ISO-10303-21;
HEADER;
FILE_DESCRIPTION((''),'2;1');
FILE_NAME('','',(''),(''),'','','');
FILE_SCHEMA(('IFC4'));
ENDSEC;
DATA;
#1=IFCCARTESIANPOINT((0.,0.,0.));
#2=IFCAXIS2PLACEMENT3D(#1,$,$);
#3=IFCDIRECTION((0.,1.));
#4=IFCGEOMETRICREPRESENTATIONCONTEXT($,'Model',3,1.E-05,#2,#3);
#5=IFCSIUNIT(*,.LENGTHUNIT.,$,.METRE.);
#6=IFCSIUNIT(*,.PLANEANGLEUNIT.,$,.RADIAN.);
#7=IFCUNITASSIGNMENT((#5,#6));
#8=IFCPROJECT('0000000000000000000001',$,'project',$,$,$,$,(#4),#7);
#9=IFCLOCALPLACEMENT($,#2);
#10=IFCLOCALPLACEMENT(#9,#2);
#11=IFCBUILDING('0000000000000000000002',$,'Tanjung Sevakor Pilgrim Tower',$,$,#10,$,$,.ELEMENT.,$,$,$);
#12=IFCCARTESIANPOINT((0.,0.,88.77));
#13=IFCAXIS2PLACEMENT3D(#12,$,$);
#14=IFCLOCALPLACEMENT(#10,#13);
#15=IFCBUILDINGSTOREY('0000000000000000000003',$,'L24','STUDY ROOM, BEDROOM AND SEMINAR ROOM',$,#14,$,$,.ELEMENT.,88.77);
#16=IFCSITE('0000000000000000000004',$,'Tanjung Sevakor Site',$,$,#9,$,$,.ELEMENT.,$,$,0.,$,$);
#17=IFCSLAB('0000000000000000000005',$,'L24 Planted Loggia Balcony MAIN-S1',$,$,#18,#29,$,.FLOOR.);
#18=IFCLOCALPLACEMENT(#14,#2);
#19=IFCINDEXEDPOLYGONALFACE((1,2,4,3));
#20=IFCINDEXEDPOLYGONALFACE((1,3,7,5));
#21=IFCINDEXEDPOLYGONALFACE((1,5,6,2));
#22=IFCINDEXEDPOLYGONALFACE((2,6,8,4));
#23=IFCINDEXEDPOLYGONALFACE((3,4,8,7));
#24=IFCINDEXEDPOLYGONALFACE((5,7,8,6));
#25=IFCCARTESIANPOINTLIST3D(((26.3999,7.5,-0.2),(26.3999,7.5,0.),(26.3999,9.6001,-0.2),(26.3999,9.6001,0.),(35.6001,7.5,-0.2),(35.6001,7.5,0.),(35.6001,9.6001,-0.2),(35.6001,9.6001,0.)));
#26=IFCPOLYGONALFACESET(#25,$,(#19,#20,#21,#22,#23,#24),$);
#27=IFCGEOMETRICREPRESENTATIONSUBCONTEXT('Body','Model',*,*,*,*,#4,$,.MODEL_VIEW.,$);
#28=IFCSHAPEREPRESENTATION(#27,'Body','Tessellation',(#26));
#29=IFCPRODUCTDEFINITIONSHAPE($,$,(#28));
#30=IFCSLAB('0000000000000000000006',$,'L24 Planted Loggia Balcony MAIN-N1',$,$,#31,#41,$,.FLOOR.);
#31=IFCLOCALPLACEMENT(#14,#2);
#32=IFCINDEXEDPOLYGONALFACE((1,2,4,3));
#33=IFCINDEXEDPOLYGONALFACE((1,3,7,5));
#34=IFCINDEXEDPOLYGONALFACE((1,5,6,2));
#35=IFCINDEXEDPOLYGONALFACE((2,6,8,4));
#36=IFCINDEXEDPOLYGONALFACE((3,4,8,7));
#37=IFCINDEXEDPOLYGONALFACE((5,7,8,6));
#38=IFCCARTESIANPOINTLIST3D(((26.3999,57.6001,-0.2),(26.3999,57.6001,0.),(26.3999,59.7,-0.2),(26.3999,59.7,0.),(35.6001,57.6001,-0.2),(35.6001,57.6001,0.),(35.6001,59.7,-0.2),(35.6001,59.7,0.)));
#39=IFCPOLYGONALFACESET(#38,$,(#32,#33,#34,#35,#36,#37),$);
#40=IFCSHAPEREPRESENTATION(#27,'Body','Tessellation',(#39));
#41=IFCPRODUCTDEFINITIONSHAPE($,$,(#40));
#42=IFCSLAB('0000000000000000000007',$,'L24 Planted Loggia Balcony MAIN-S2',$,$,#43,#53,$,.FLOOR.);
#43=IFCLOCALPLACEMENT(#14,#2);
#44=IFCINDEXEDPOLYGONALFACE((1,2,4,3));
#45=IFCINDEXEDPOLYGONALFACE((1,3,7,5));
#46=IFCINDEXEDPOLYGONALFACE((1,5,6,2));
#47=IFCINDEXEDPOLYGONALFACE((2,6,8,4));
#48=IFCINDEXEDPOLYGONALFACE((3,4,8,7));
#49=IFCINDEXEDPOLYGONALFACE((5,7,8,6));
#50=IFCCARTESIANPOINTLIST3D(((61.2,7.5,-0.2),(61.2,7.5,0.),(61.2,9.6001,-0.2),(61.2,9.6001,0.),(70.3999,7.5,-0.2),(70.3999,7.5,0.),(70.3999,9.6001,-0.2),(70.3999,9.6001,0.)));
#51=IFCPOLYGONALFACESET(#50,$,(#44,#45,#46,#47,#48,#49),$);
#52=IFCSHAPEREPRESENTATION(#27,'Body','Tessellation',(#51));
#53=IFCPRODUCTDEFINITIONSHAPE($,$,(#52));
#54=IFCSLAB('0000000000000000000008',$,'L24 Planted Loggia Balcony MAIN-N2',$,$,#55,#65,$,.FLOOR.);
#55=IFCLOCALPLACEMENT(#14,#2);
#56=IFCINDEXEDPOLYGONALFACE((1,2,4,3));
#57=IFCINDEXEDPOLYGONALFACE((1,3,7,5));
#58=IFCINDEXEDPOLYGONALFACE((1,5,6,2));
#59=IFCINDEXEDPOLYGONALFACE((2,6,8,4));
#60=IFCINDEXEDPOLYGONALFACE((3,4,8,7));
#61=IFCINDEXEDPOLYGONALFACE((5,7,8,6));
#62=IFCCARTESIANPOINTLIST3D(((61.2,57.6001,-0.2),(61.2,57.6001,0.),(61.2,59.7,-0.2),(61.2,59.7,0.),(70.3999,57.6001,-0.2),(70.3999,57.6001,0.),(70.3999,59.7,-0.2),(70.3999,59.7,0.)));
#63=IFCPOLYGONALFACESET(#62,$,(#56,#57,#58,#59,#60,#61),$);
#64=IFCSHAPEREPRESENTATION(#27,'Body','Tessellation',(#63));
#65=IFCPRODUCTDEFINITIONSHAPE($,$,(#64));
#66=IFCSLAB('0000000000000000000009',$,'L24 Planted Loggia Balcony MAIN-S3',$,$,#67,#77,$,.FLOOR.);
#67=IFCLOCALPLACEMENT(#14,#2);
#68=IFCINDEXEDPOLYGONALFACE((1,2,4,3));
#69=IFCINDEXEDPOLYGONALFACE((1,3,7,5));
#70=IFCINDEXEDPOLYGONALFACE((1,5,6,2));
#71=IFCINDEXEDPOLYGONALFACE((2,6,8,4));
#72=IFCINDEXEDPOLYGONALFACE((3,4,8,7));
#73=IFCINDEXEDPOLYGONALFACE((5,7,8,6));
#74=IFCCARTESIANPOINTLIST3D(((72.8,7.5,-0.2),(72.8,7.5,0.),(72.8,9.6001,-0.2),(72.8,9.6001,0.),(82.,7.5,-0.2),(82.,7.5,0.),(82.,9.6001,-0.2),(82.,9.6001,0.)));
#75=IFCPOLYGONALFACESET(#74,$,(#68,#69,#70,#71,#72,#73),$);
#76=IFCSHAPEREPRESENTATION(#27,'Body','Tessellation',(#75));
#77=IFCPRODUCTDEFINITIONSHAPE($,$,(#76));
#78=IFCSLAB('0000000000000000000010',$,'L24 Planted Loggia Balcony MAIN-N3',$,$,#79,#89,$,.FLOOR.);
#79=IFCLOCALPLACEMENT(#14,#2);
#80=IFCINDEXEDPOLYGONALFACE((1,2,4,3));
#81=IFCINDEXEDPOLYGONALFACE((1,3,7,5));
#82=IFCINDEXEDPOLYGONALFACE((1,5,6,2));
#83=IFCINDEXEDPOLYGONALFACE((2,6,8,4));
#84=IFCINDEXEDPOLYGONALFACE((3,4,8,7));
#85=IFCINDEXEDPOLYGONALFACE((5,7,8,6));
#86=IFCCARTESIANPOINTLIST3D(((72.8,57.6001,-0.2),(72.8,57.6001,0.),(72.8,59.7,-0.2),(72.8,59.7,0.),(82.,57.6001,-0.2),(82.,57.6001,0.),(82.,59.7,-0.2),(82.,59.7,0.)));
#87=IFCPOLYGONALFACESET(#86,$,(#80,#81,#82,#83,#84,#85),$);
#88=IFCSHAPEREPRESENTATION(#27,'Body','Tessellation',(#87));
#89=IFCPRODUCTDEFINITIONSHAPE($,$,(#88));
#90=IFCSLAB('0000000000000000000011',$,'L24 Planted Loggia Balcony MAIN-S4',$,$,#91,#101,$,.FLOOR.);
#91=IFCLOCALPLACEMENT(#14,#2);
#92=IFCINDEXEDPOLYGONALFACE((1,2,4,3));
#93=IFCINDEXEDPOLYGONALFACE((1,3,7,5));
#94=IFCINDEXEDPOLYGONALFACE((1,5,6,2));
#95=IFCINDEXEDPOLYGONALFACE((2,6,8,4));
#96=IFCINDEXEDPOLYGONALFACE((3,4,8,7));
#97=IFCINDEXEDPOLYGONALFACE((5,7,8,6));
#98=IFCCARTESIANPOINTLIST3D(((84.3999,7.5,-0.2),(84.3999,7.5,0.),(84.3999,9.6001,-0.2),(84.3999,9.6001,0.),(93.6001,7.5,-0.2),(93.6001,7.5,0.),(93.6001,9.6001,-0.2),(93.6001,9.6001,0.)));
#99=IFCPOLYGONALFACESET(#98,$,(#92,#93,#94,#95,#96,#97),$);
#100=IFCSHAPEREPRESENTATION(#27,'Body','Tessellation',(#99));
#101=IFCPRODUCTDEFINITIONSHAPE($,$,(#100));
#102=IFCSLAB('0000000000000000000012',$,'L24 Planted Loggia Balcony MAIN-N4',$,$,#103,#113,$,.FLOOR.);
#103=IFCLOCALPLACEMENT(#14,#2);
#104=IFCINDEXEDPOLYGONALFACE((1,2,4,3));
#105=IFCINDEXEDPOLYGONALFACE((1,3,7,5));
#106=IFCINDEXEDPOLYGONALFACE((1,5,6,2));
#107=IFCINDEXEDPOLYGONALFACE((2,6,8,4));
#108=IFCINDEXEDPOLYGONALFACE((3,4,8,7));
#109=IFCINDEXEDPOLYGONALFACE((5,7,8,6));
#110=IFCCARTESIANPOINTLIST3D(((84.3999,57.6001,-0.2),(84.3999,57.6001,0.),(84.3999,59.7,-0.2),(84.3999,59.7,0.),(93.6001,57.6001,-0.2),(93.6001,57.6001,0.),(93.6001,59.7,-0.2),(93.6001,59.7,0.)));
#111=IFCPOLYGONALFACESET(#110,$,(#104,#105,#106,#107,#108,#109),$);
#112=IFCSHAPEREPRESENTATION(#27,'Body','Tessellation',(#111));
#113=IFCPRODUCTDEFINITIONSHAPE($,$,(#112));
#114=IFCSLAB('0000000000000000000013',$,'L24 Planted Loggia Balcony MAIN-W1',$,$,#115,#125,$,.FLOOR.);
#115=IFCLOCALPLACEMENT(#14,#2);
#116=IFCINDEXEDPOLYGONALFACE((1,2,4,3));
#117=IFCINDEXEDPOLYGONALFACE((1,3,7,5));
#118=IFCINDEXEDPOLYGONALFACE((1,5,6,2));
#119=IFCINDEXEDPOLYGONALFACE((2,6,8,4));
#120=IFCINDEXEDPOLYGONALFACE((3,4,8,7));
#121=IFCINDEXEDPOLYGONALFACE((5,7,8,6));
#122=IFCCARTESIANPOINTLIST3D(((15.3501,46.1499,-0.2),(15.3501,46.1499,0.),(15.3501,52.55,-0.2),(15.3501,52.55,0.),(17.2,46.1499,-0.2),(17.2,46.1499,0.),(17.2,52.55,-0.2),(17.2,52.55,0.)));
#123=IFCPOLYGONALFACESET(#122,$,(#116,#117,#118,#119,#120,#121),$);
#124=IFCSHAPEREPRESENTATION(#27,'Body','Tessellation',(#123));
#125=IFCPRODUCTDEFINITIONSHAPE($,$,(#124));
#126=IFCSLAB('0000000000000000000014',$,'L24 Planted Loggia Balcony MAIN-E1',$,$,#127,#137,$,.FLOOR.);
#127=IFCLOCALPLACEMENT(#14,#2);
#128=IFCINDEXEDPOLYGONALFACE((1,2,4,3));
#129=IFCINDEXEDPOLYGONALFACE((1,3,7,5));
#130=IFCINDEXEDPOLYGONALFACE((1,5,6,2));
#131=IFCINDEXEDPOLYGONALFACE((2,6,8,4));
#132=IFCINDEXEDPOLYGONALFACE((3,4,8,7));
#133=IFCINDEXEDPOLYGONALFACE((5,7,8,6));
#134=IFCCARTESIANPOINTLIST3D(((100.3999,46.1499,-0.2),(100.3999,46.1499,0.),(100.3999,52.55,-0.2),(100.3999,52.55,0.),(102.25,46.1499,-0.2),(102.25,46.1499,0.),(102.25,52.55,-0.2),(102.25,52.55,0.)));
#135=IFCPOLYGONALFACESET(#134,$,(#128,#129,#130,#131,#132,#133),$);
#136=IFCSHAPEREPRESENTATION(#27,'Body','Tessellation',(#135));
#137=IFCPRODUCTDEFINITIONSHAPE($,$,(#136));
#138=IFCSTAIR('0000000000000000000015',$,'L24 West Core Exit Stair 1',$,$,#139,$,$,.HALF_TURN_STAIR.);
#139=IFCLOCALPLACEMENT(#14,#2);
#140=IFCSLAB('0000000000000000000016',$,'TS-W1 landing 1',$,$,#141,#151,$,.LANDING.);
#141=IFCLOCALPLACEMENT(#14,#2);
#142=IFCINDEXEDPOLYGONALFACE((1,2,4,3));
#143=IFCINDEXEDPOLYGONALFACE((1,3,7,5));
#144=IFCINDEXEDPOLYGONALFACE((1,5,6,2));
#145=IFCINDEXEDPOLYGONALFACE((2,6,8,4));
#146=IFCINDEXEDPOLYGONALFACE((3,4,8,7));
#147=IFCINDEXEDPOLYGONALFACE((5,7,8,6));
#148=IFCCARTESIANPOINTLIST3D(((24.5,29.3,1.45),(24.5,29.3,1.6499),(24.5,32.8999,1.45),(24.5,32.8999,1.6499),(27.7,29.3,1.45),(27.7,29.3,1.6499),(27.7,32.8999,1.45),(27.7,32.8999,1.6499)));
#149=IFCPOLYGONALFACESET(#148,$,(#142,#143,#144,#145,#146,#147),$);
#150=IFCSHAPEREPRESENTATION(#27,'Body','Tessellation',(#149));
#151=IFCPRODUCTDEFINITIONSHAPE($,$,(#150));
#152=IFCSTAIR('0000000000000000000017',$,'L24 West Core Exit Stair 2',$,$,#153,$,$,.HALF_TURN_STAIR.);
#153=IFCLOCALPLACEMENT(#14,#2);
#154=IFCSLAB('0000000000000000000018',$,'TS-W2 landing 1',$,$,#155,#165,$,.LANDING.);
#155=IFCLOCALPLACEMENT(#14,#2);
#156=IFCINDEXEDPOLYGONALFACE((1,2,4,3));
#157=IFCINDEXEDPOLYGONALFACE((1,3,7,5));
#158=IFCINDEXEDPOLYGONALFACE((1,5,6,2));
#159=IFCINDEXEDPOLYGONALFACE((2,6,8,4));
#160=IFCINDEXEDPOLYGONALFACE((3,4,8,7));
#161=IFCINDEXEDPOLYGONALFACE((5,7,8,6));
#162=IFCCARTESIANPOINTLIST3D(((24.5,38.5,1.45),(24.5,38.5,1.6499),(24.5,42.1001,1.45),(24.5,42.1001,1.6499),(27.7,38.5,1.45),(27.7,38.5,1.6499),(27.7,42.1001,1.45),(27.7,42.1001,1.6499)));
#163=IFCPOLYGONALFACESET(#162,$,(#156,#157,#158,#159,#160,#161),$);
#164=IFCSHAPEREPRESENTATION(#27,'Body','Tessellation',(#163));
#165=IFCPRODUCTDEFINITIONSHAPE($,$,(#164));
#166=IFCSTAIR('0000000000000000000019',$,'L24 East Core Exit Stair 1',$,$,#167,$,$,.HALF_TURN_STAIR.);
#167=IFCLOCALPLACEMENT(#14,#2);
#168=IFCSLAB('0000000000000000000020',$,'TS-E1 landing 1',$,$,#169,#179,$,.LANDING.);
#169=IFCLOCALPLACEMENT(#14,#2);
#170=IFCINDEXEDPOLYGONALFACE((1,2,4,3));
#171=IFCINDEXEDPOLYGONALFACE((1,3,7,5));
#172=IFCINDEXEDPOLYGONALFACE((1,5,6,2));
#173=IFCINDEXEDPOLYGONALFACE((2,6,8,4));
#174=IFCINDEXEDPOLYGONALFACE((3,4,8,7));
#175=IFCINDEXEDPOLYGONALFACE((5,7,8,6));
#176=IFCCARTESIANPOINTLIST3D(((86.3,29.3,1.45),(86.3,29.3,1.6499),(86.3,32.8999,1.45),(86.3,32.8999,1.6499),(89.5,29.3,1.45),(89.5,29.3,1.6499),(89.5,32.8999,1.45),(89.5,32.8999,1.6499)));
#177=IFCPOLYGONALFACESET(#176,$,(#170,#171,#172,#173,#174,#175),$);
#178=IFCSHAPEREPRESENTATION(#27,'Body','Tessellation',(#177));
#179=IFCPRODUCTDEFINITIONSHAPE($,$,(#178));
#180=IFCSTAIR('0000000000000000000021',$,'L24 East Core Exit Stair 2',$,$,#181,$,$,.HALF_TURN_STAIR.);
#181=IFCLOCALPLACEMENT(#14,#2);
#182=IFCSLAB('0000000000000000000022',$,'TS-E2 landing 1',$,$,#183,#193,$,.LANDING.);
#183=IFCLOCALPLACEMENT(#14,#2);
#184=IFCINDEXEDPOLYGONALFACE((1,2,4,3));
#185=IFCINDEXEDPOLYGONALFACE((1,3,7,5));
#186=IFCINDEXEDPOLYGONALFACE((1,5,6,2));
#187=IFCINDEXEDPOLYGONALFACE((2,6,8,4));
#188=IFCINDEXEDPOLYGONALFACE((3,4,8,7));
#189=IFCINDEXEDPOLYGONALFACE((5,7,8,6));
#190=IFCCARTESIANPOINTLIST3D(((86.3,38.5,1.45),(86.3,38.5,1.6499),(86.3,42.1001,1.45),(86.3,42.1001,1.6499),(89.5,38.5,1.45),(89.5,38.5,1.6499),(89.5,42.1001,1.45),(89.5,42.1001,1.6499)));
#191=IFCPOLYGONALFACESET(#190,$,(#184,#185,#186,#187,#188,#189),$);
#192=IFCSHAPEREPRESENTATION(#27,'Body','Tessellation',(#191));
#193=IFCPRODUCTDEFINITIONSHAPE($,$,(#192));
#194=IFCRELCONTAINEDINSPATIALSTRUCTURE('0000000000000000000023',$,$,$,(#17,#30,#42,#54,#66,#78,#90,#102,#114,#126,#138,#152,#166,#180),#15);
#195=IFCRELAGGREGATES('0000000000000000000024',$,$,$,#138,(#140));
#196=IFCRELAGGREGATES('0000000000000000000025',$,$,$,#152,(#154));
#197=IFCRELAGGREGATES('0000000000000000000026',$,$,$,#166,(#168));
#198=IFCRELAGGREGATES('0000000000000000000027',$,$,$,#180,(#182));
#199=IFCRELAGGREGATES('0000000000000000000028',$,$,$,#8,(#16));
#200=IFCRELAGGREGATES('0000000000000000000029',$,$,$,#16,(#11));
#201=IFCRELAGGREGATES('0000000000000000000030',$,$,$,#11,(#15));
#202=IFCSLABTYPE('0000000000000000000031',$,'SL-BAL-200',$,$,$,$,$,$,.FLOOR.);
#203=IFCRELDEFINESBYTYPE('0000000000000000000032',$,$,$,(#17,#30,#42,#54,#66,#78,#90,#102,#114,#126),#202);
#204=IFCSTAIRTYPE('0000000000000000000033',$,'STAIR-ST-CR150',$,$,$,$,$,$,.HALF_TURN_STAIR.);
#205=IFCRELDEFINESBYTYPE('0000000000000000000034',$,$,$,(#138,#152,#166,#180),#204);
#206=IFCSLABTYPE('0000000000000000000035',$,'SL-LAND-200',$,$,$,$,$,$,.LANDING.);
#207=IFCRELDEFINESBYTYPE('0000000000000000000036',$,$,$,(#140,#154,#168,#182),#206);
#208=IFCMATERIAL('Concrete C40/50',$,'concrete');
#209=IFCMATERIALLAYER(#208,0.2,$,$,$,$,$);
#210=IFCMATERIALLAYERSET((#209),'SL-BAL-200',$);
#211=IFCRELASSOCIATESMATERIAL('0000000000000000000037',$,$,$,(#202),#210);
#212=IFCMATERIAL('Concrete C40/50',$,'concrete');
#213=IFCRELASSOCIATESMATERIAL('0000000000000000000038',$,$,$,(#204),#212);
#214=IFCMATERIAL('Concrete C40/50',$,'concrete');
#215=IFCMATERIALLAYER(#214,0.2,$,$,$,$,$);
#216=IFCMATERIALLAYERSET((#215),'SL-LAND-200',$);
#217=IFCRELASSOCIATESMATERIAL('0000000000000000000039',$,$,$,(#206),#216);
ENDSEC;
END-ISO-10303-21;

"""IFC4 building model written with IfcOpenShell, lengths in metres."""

from ifc_helpers import new_model, si_unit, direction, frame, origin, place, context, subcontext, project, spatial, polyline, outline, extrude, material, layer, layer_set, type_object, element, aggregate, save


model = new_model("IFC4")

# Units and contexts
model_context = context("Model", 3, precision=1e-05, world=origin(), true_north=direction((0.0, 1.0)))
body_context = subcontext(model_context, "Body", "Model", "MODEL_VIEW")
ifc_project = project(units=[si_unit("LENGTHUNIT", "METRE"), si_unit("PLANEANGLEUNIT", "RADIAN")], contexts=[model_context])

# Site, building, storey
site_placement = place(None, origin())
site = spatial("IfcSite", under=ifc_project, at=site_placement, Name="Tanjung Sevakor Site", CompositionType="ELEMENT", RefElevation=0.0)
building_placement = place(site_placement, origin())
building = spatial("IfcBuilding", under=site, at=building_placement, Name="Tanjung Sevakor Pilgrim Tower", CompositionType="ELEMENT")
storey_placement = place(building_placement, frame((0.0, 0.0, 88.77)))
storey = spatial("IfcBuildingStorey", under=building, at=storey_placement, Name="L24", Description="STUDY ROOM, BEDROOM AND SEMINAR ROOM", CompositionType="ELEMENT", Elevation=88.77)

# Slabs
ifc_material_1 = material(Name="Concrete C40/50", Category="concrete")
ifc_layer_1 = layer(ifc_material_1, 0.2)
ifc_layer_set_1 = layer_set([ifc_layer_1], Name="SL-BAL-200")
slab_type_1 = type_object("IfcSlabType", Name="SL-BAL-200", PredefinedType="FLOOR", material=ifc_layer_set_1)
slab_1_placement = place(storey_placement, frame((0.0, 0.0, -0.2)))
element("IfcSlab", 1, at=slab_1_placement, inside=storey, type_object=slab_type_1, Name="L24 Planted Loggia Balcony MAIN-S1", PredefinedType="FLOOR", context=body_context, shape_type="SweptSolid", body=[
    extrude(outline(polyline([(26.3999, 7.5), (35.6001, 7.5), (35.6001, 9.6001), (26.3999, 9.6001), (26.3999, 7.5)])), origin(), (0.0, 0.0, 1.0), 0.2),
])
slab_2_placement = place(storey_placement, frame((0.0, 0.0, -0.2)))
element("IfcSlab", 2, at=slab_2_placement, inside=storey, type_object=slab_type_1, Name="L24 Planted Loggia Balcony MAIN-N1", PredefinedType="FLOOR", context=body_context, shape_type="SweptSolid", body=[
    extrude(outline(polyline([(26.3999, 57.6001), (35.6001, 57.6001), (35.6001, 59.7), (26.3999, 59.7), (26.3999, 57.6001)])), origin(), (0.0, 0.0, 1.0), 0.2),
])
slab_3_placement = place(storey_placement, frame((0.0, 0.0, -0.2)))
element("IfcSlab", 3, at=slab_3_placement, inside=storey, type_object=slab_type_1, Name="L24 Planted Loggia Balcony MAIN-S2", PredefinedType="FLOOR", context=body_context, shape_type="SweptSolid", body=[
    extrude(outline(polyline([(61.2, 7.5), (70.3999, 7.5), (70.3999, 9.6001), (61.2, 9.6001), (61.2, 7.5)])), origin(), (0.0, 0.0, 1.0), 0.2),
])
slab_4_placement = place(storey_placement, frame((0.0, 0.0, -0.2)))
element("IfcSlab", 4, at=slab_4_placement, inside=storey, type_object=slab_type_1, Name="L24 Planted Loggia Balcony MAIN-N2", PredefinedType="FLOOR", context=body_context, shape_type="SweptSolid", body=[
    extrude(outline(polyline([(61.2, 57.6001), (70.3999, 57.6001), (70.3999, 59.7), (61.2, 59.7), (61.2, 57.6001)])), origin(), (0.0, 0.0, 1.0), 0.2),
])
slab_5_placement = place(storey_placement, frame((0.0, 0.0, -0.2)))
element("IfcSlab", 5, at=slab_5_placement, inside=storey, type_object=slab_type_1, Name="L24 Planted Loggia Balcony MAIN-S3", PredefinedType="FLOOR", context=body_context, shape_type="SweptSolid", body=[
    extrude(outline(polyline([(72.8, 7.5), (82.0, 7.5), (82.0, 9.6001), (72.8, 9.6001), (72.8, 7.5)])), origin(), (0.0, 0.0, 1.0), 0.2),
])
slab_6_placement = place(storey_placement, frame((0.0, 0.0, -0.2)))
element("IfcSlab", 6, at=slab_6_placement, inside=storey, type_object=slab_type_1, Name="L24 Planted Loggia Balcony MAIN-N3", PredefinedType="FLOOR", context=body_context, shape_type="SweptSolid", body=[
    extrude(outline(polyline([(72.8, 57.6001), (82.0, 57.6001), (82.0, 59.7), (72.8, 59.7), (72.8, 57.6001)])), origin(), (0.0, 0.0, 1.0), 0.2),
])
slab_7_placement = place(storey_placement, frame((0.0, 0.0, -0.2)))
element("IfcSlab", 7, at=slab_7_placement, inside=storey, type_object=slab_type_1, Name="L24 Planted Loggia Balcony MAIN-S4", PredefinedType="FLOOR", context=body_context, shape_type="SweptSolid", body=[
    extrude(outline(polyline([(84.3999, 7.5), (93.6001, 7.5), (93.6001, 9.6001), (84.3999, 9.6001), (84.3999, 7.5)])), origin(), (0.0, 0.0, 1.0), 0.2),
])
slab_8_placement = place(storey_placement, frame((0.0, 0.0, -0.2)))
element("IfcSlab", 8, at=slab_8_placement, inside=storey, type_object=slab_type_1, Name="L24 Planted Loggia Balcony MAIN-N4", PredefinedType="FLOOR", context=body_context, shape_type="SweptSolid", body=[
    extrude(outline(polyline([(84.3999, 57.6001), (93.6001, 57.6001), (93.6001, 59.7), (84.3999, 59.7), (84.3999, 57.6001)])), origin(), (0.0, 0.0, 1.0), 0.2),
])
slab_9_placement = place(storey_placement, frame((0.0, 0.0, -0.2)))
element("IfcSlab", 9, at=slab_9_placement, inside=storey, type_object=slab_type_1, Name="L24 Planted Loggia Balcony MAIN-W1", PredefinedType="FLOOR", context=body_context, shape_type="SweptSolid", body=[
    extrude(outline(polyline([(15.3501, 46.1499), (17.2, 46.1499), (17.2, 52.55), (15.3501, 52.55), (15.3501, 46.1499)])), origin(), (0.0, 0.0, 1.0), 0.2),
])
slab_10_placement = place(storey_placement, frame((0.0, 0.0, -0.2)))
element("IfcSlab", 10, at=slab_10_placement, inside=storey, type_object=slab_type_1, Name="L24 Planted Loggia Balcony MAIN-E1", PredefinedType="FLOOR", context=body_context, shape_type="SweptSolid", body=[
    extrude(outline(polyline([(100.3999, 46.1499), (102.25, 46.1499), (102.25, 52.55), (100.3999, 52.55), (100.3999, 46.1499)])), origin(), (0.0, 0.0, 1.0), 0.2),
])

# Stairs, slabs
ifc_material_2 = material(Name="Concrete C40/50", Category="concrete")
stair_type = type_object("IfcStairType", Name="STAIR-ST-CR150", PredefinedType="HALF_TURN_STAIR", material=ifc_material_2)
stair_1_placement = place(storey_placement, origin())
stair_1 = element("IfcStair", 11, at=stair_1_placement, inside=storey, type_object=stair_type, Name="L24 West Core Exit Stair 1", PredefinedType="HALF_TURN_STAIR")
ifc_material_3 = material(Name="Concrete C40/50", Category="concrete")
ifc_layer_2 = layer(ifc_material_3, 0.2)
ifc_layer_set_2 = layer_set([ifc_layer_2], Name="SL-LAND-200")
slab_type_2 = type_object("IfcSlabType", Name="SL-LAND-200", PredefinedType="LANDING", material=ifc_layer_set_2)
slab_11_placement = place(storey_placement, frame((0.0, 0.0, 1.45)))
slab_11 = element("IfcSlab", 12, at=slab_11_placement, type_object=slab_type_2, Name="TS-W1 landing 1", PredefinedType="LANDING", context=body_context, shape_type="SweptSolid", body=[
    extrude(outline(polyline([(27.7, 29.3), (27.7, 32.8999), (24.5, 32.8999), (24.5, 29.3), (27.7, 29.3)])), origin(), (0.0, 0.0, 1.0), 0.2),
])
aggregate(stair_1, [slab_11])
stair_2_placement = place(storey_placement, origin())
stair_2 = element("IfcStair", 13, at=stair_2_placement, inside=storey, type_object=stair_type, Name="L24 West Core Exit Stair 2", PredefinedType="HALF_TURN_STAIR")
slab_12_placement = place(storey_placement, frame((0.0, 0.0, 1.45)))
slab_12 = element("IfcSlab", 14, at=slab_12_placement, type_object=slab_type_2, Name="TS-W2 landing 1", PredefinedType="LANDING", context=body_context, shape_type="SweptSolid", body=[
    extrude(outline(polyline([(27.7, 38.5), (27.7, 42.1001), (24.5, 42.1001), (24.5, 38.5), (27.7, 38.5)])), origin(), (0.0, 0.0, 1.0), 0.2),
])
aggregate(stair_2, [slab_12])
stair_3_placement = place(storey_placement, origin())
stair_3 = element("IfcStair", 15, at=stair_3_placement, inside=storey, type_object=stair_type, Name="L24 East Core Exit Stair 1", PredefinedType="HALF_TURN_STAIR")
slab_13_placement = place(storey_placement, frame((0.0, 0.0, 1.45)))
slab_13 = element("IfcSlab", 16, at=slab_13_placement, type_object=slab_type_2, Name="TS-E1 landing 1", PredefinedType="LANDING", context=body_context, shape_type="SweptSolid", body=[
    extrude(outline(polyline([(89.5, 29.3), (89.5, 32.8999), (86.3, 32.8999), (86.3, 29.3), (89.5, 29.3)])), origin(), (0.0, 0.0, 1.0), 0.2),
])
aggregate(stair_3, [slab_13])
stair_4_placement = place(storey_placement, origin())
stair_4 = element("IfcStair", 17, at=stair_4_placement, inside=storey, type_object=stair_type, Name="L24 East Core Exit Stair 2", PredefinedType="HALF_TURN_STAIR")
slab_14_placement = place(storey_placement, frame((0.0, 0.0, 1.45)))
slab_14 = element("IfcSlab", 18, at=slab_14_placement, type_object=slab_type_2, Name="TS-E2 landing 1", PredefinedType="LANDING", context=body_context, shape_type="SweptSolid", body=[
    extrude(outline(polyline([(89.5, 38.5), (89.5, 42.1001), (86.3, 42.1001), (86.3, 38.5), (89.5, 38.5)])), origin(), (0.0, 0.0, 1.0), 0.2),
])
aggregate(stair_4, [slab_14])

save(model, "model.ifc")
